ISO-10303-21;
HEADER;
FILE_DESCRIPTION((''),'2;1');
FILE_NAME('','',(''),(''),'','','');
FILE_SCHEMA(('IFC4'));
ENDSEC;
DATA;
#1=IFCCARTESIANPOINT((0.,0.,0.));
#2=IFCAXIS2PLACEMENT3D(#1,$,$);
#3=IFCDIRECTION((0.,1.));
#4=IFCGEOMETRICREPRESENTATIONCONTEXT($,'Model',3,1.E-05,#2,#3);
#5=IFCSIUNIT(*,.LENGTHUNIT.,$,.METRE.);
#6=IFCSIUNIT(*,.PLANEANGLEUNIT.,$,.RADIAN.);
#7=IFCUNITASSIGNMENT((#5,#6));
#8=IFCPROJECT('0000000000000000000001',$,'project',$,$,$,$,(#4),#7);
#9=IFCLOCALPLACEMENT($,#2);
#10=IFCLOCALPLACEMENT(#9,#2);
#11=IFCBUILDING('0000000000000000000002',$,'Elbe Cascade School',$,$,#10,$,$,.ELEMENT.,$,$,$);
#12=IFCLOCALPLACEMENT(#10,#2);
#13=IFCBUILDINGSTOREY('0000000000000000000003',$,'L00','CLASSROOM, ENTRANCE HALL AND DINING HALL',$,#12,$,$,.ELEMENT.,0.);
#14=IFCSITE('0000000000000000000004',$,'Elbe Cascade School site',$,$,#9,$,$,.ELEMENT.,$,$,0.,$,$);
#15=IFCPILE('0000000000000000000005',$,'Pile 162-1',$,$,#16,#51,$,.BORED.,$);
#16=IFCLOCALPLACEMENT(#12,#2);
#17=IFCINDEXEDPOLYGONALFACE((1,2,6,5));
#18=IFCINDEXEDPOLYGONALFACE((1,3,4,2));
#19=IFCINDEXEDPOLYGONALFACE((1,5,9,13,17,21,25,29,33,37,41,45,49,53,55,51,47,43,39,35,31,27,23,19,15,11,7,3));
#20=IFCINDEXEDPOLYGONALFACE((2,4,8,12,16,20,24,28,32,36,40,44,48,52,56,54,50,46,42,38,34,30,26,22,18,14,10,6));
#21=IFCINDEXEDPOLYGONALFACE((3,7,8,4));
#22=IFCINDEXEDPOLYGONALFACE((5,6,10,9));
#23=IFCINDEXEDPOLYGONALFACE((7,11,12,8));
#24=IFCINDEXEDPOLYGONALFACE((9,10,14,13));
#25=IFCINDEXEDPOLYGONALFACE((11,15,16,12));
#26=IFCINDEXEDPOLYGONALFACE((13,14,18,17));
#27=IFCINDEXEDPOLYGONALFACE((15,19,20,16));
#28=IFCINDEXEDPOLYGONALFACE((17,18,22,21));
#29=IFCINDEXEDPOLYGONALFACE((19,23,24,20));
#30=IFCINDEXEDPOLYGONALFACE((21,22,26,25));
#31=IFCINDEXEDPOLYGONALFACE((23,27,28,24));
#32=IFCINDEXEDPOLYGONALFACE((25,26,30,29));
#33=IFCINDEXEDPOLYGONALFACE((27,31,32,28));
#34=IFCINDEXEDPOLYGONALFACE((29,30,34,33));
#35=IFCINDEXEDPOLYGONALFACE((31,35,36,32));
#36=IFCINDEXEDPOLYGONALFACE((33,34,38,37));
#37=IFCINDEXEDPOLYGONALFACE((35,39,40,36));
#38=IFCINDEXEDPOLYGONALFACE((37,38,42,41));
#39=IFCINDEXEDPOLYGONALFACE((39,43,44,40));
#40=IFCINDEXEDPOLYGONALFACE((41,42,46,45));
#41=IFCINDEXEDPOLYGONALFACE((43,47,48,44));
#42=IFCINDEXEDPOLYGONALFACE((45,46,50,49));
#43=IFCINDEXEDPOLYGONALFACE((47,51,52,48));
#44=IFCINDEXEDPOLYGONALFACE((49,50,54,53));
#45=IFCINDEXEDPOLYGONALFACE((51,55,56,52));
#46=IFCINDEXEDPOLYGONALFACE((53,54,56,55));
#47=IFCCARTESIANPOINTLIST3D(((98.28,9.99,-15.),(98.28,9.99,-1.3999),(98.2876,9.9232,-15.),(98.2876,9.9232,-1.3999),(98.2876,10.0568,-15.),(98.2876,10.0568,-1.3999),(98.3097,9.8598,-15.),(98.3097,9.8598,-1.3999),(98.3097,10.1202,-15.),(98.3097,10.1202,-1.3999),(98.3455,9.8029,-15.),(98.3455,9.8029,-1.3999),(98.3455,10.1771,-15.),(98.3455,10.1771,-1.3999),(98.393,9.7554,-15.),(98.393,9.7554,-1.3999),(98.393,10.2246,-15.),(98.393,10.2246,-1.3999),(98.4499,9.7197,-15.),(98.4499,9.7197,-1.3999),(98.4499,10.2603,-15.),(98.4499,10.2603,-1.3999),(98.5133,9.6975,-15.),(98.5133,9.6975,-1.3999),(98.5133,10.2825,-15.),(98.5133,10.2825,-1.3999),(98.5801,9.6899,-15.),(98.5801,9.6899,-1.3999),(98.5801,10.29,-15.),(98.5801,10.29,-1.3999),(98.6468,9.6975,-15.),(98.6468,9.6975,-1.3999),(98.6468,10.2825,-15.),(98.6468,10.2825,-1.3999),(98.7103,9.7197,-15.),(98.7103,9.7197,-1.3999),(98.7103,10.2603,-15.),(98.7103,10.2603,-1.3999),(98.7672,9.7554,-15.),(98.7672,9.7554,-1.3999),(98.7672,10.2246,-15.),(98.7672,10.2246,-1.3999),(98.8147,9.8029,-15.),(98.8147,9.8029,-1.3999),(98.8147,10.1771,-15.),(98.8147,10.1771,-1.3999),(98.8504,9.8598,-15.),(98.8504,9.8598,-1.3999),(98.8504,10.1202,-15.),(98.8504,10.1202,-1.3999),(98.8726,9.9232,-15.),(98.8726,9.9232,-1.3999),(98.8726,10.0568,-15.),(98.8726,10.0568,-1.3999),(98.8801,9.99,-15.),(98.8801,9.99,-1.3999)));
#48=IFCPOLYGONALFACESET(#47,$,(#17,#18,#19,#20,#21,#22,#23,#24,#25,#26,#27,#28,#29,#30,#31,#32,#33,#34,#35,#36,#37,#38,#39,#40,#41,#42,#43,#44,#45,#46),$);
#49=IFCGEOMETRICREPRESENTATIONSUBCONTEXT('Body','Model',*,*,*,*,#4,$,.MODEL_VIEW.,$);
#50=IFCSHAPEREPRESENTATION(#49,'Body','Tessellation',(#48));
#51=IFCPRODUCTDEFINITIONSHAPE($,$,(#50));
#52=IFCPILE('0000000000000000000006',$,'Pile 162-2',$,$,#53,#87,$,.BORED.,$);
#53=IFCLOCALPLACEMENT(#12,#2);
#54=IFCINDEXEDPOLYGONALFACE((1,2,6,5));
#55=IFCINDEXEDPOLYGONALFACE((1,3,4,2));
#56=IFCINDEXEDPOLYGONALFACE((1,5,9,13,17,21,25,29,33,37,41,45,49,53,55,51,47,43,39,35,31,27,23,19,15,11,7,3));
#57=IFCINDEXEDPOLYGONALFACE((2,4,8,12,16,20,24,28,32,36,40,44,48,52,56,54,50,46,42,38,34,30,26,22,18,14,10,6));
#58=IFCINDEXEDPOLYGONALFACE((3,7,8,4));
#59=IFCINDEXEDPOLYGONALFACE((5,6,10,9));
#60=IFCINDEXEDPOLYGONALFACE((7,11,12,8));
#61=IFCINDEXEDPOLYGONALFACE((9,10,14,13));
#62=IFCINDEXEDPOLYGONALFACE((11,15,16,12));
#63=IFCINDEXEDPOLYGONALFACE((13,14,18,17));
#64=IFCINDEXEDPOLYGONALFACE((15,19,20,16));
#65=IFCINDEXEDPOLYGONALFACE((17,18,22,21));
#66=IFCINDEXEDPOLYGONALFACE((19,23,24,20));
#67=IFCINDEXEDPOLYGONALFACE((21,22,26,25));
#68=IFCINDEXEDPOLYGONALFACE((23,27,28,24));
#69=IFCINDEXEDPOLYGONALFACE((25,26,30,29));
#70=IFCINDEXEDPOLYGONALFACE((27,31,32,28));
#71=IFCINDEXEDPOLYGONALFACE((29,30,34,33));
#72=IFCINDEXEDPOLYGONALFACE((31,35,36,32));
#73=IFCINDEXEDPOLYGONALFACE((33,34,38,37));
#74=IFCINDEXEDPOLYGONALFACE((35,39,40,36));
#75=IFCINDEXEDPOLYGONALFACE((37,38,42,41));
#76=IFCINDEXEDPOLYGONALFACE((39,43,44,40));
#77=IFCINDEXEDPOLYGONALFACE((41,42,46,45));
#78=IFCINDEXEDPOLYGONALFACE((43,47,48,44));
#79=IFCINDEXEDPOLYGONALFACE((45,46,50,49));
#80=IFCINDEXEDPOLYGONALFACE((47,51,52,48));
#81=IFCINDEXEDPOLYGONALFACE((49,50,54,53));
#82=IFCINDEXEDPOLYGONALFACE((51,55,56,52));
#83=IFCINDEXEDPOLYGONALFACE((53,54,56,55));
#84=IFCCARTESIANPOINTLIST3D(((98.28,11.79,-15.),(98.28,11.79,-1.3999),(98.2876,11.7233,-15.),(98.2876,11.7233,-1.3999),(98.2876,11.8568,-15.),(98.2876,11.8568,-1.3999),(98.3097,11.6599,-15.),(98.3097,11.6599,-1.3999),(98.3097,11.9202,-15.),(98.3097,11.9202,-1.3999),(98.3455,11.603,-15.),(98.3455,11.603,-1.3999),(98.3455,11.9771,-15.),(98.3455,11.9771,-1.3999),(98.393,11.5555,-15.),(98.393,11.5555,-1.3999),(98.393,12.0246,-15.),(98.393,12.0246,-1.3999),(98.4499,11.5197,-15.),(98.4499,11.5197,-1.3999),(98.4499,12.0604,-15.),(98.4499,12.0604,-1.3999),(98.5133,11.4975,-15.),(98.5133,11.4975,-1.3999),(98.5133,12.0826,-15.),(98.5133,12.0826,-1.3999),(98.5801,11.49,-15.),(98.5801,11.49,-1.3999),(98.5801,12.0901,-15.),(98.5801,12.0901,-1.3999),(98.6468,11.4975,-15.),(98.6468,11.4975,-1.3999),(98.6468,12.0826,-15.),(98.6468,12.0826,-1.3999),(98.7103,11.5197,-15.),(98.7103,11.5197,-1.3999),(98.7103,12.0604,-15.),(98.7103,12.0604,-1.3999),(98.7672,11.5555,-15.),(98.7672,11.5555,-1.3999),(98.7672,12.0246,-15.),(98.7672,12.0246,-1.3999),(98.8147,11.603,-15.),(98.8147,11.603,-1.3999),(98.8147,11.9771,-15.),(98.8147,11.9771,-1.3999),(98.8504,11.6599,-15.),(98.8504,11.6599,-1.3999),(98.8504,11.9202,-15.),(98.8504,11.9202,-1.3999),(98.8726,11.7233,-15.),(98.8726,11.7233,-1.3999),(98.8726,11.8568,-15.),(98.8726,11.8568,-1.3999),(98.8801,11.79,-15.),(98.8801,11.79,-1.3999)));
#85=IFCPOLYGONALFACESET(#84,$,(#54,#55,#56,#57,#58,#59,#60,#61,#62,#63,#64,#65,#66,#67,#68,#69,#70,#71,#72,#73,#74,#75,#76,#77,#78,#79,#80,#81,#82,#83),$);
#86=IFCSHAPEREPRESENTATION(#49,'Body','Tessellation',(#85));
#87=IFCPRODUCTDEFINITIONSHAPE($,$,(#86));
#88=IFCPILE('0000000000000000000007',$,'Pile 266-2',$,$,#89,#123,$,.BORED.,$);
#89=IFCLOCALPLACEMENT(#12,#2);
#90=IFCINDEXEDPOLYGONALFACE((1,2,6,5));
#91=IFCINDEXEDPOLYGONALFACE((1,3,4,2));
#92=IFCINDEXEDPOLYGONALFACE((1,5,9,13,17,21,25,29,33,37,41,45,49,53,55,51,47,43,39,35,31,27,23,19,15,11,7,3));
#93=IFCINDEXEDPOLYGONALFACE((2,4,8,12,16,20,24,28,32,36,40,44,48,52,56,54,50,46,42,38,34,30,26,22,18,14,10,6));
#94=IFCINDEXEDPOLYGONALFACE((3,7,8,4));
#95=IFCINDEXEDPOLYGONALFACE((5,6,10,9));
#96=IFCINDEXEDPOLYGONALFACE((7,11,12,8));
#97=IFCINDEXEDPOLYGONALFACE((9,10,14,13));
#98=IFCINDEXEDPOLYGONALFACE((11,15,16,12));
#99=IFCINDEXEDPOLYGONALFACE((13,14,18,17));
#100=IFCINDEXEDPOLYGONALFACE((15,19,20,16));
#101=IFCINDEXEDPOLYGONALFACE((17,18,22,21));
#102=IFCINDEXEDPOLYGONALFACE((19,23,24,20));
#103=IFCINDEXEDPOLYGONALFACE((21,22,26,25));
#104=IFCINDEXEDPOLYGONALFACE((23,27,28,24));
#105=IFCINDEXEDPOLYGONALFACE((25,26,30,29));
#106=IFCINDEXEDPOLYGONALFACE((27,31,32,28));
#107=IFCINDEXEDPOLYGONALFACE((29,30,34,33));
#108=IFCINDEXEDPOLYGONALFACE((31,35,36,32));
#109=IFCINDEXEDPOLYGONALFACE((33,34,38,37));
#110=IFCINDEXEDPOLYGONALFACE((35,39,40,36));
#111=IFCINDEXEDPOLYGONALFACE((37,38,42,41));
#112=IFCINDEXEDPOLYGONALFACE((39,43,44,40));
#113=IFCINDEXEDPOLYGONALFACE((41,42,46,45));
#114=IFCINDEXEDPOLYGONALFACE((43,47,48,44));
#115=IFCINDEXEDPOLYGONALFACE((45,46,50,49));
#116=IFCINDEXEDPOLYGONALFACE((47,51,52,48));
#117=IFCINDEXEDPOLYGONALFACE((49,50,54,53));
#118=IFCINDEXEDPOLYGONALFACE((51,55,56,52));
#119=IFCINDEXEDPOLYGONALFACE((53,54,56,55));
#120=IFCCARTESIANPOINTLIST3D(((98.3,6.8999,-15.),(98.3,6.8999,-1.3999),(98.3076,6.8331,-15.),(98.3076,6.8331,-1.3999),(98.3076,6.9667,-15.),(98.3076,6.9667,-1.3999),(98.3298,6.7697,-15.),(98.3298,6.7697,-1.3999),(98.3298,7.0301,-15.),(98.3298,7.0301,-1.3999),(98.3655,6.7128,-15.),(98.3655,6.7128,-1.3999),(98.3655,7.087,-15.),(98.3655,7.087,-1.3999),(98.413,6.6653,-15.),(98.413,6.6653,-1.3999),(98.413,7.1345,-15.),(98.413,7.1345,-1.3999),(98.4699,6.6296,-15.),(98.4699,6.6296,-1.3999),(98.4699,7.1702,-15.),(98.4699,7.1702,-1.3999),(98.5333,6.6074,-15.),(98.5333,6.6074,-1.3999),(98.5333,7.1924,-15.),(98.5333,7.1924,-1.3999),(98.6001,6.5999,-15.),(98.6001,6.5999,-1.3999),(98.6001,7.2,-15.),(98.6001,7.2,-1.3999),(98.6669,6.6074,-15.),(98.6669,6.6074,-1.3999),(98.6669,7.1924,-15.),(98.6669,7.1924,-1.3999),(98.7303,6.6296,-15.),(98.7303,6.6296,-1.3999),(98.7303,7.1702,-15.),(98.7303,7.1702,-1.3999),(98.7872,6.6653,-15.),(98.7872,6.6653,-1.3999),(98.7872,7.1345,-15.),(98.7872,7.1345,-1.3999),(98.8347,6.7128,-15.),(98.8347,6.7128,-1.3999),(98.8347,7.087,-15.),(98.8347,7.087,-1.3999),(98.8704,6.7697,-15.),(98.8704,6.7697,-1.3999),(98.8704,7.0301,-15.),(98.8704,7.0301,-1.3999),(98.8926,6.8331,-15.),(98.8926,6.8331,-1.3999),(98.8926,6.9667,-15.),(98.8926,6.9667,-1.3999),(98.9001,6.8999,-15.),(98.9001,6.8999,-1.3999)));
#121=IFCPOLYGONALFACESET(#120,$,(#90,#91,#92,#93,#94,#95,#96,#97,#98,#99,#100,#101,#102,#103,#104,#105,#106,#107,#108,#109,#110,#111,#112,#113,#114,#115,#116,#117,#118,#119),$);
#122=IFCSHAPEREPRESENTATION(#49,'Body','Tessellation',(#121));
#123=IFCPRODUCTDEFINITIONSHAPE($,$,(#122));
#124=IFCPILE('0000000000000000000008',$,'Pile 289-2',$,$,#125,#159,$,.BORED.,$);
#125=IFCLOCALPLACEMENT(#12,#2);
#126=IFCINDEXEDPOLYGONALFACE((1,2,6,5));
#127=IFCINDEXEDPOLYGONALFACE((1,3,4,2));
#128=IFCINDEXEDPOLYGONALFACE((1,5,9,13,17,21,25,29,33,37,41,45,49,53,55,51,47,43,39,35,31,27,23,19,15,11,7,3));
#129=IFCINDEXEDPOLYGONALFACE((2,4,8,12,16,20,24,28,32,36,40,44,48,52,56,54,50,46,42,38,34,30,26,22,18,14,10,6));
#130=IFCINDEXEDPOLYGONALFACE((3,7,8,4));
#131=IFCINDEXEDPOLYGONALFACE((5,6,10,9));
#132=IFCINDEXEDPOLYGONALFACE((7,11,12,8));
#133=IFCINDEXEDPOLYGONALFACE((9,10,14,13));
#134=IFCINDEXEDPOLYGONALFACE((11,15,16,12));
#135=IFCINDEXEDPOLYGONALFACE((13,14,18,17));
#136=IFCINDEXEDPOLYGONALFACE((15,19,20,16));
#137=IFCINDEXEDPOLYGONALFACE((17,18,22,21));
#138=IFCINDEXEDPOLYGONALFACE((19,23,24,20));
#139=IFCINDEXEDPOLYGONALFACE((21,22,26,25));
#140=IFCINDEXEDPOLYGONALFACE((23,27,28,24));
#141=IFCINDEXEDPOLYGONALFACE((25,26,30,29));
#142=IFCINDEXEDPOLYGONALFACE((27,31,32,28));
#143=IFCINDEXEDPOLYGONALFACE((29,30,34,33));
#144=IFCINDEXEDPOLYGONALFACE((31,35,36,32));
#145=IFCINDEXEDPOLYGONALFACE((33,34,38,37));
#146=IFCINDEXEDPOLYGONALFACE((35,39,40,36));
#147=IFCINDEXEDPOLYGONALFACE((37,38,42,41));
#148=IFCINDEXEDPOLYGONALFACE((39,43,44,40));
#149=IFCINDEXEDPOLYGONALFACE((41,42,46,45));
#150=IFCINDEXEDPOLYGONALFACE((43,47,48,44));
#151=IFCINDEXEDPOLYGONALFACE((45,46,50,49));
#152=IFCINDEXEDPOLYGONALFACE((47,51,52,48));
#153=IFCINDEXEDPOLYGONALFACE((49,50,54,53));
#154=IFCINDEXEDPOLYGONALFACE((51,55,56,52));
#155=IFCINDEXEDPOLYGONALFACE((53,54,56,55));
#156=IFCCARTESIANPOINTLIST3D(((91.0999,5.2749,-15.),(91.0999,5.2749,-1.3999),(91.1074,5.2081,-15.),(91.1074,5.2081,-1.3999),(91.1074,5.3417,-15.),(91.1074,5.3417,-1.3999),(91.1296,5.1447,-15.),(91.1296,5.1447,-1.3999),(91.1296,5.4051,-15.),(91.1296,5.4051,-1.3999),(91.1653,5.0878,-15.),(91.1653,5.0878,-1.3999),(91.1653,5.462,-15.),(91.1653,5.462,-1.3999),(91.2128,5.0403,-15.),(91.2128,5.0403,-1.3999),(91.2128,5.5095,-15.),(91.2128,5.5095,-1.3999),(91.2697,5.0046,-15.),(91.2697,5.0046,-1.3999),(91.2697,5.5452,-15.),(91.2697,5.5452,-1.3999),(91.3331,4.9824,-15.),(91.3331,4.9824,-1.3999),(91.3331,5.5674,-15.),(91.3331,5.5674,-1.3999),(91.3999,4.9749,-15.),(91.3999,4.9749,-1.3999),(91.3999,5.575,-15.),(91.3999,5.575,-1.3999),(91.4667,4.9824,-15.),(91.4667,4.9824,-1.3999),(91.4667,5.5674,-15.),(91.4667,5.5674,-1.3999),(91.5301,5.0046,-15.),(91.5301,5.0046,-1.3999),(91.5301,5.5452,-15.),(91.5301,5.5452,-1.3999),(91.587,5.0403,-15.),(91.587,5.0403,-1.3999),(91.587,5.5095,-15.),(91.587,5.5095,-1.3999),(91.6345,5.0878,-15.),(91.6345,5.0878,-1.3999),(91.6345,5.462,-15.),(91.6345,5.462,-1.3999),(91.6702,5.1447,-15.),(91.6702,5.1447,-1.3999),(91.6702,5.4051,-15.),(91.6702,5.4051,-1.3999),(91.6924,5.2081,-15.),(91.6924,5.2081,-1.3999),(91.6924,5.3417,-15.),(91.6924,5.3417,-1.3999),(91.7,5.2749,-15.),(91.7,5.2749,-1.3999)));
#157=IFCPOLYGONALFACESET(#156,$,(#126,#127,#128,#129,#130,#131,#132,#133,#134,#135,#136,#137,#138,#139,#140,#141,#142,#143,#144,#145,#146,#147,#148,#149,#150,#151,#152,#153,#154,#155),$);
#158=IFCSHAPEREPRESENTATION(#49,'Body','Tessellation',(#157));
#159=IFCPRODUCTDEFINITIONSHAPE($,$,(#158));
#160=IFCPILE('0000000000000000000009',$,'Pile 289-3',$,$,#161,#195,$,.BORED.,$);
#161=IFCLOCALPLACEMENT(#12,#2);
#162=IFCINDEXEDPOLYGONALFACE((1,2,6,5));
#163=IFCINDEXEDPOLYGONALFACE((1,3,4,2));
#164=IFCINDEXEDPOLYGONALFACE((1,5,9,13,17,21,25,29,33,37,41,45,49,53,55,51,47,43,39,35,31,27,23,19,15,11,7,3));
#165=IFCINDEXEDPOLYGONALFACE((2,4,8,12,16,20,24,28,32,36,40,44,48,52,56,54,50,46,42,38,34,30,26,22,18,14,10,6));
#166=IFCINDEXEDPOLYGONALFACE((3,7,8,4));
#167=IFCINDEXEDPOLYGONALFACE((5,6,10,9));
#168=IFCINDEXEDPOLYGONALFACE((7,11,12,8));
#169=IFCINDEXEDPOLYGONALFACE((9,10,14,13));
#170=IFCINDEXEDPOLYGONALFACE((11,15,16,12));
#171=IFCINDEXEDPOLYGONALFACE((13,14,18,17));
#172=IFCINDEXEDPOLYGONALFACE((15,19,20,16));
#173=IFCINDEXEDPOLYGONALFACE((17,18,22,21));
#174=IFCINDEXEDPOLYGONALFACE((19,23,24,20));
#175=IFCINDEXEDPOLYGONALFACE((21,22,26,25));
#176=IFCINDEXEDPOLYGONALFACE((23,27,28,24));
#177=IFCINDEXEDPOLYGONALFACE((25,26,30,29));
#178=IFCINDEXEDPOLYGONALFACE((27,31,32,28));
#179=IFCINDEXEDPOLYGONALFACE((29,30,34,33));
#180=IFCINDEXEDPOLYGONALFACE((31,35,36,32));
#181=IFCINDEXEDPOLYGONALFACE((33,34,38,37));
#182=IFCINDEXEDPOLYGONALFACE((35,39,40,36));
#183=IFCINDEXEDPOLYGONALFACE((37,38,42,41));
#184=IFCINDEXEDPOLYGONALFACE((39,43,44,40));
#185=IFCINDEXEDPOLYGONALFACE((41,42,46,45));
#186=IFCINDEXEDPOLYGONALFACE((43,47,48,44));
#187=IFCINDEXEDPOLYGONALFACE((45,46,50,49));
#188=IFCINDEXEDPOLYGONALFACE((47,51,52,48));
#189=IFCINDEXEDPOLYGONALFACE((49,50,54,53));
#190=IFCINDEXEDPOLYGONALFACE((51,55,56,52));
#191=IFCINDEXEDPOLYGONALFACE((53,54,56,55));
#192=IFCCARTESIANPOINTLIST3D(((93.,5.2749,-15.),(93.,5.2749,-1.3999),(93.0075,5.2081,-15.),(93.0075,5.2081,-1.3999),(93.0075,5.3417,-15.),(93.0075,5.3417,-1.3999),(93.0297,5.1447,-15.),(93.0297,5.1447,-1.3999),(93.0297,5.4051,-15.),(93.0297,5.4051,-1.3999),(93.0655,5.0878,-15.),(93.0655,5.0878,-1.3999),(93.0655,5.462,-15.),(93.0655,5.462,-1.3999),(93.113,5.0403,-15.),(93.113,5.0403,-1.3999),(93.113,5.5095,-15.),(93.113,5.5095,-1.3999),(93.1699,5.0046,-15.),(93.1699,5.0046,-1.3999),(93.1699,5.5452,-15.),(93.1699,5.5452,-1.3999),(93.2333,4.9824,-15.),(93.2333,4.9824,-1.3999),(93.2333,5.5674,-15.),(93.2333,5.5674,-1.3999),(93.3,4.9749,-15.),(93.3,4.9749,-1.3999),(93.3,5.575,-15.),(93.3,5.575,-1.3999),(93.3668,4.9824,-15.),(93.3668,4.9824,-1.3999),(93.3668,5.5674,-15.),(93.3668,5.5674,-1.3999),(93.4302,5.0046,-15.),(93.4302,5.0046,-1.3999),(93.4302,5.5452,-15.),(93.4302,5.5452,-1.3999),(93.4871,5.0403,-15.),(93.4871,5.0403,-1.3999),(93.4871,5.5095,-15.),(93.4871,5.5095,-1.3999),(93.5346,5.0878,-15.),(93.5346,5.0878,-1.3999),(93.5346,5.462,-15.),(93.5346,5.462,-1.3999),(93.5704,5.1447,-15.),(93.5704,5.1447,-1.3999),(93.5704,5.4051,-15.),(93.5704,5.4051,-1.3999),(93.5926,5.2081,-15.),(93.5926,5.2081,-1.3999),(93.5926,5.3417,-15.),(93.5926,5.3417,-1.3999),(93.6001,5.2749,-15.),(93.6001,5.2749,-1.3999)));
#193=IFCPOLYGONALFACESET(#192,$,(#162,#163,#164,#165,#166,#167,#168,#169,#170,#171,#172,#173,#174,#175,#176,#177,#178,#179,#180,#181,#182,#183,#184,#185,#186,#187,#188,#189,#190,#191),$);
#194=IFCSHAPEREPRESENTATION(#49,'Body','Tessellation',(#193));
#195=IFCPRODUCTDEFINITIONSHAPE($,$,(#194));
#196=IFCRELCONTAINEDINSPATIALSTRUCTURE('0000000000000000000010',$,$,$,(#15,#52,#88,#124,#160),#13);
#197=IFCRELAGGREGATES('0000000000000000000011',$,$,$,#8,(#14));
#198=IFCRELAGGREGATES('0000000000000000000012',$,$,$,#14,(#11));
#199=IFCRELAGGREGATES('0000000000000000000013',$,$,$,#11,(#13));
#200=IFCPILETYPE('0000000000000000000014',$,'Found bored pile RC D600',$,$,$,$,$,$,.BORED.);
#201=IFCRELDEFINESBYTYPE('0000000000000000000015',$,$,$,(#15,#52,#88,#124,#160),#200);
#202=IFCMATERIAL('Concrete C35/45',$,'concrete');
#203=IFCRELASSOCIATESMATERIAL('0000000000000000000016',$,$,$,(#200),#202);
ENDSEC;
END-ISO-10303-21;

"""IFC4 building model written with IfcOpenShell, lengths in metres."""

from ifc_helpers import new_model, si_unit, direction, frame, origin, origin_2d, place, context, subcontext, project, spatial, circle, extrude, material, material_profile, profile_set, type_object, element, save


model = new_model("IFC4")

# Units and contexts
model_context = context("Model", 3, precision=1e-05, world=origin(), true_north=direction((0.0, 1.0)))
body_context = subcontext(model_context, "Body", "Model", "MODEL_VIEW")
ifc_project = project(units=[si_unit("LENGTHUNIT", "METRE"), si_unit("PLANEANGLEUNIT", "RADIAN")], contexts=[model_context])

# Site, building, storey
site_placement = place(None, origin())
site = spatial("IfcSite", under=ifc_project, at=site_placement, Name="Elbe Cascade School site", CompositionType="ELEMENT", RefElevation=0.0)
building_placement = place(site_placement, origin())
building = spatial("IfcBuilding", under=site, at=building_placement, Name="Elbe Cascade School", CompositionType="ELEMENT")
storey_placement = place(building_placement, origin())
storey = spatial("IfcBuildingStorey", under=building, at=storey_placement, Name="L00", Description="CLASSROOM, ENTRANCE HALL AND DINING HALL", CompositionType="ELEMENT", Elevation=0.0)

# Piles
ifc_material_1 = material(Name="Concrete C35/45", Category="concrete")
ifc_material_profile_1 = material_profile(ifc_material_1, circle(Radius=0.3, at=origin_2d()), Name="RC D600")
ifc_profile_set_1 = profile_set([ifc_material_profile_1], Name="Concrete C35/45")
pile_type = type_object("IfcPileType", Name="Found bored pile RC D600", PredefinedType="BORED", material=ifc_profile_set_1)
for number, where, z_axis, x_axis, name in (
    (1, (98.5801, 9.99, -1.3999), (0.0, 0.0, -1.0), (1.0, 0.0, 0.0), "Pile 162-1"),
    (2, (98.5801, 11.79, -1.3999), (0.0, 0.0, -1.0), (1.0, 0.0, 0.0), "Pile 162-2"),
    (3, (98.6001, 6.8999, -1.3999), (0.0, 0.0, -1.0), (1.0, 0.0, 0.0), "Pile 266-2"),
    (4, (91.3999, 5.2749, -1.3999), (0.0, 0.0, -1.0), (1.0, 0.0, 0.0), "Pile 289-2"),
    (5, (93.3, 5.2749, -1.3999), (0.0, 0.0, -1.0), (1.0, 0.0, 0.0), "Pile 289-3"),
):
    element("IfcPile", number, at=place(storey_placement, frame(where, z_axis=z_axis, x_axis=x_axis)), inside=storey, type_object=pile_type, Name=name, PredefinedType="BORED", context=body_context, shape_type="SweptSolid", body=[
        extrude(circle(Radius=0.3, at=origin_2d()), origin(), (0.0, 0.0, 1.0), 13.6001),
    ])

save(model, "model.ifc")
